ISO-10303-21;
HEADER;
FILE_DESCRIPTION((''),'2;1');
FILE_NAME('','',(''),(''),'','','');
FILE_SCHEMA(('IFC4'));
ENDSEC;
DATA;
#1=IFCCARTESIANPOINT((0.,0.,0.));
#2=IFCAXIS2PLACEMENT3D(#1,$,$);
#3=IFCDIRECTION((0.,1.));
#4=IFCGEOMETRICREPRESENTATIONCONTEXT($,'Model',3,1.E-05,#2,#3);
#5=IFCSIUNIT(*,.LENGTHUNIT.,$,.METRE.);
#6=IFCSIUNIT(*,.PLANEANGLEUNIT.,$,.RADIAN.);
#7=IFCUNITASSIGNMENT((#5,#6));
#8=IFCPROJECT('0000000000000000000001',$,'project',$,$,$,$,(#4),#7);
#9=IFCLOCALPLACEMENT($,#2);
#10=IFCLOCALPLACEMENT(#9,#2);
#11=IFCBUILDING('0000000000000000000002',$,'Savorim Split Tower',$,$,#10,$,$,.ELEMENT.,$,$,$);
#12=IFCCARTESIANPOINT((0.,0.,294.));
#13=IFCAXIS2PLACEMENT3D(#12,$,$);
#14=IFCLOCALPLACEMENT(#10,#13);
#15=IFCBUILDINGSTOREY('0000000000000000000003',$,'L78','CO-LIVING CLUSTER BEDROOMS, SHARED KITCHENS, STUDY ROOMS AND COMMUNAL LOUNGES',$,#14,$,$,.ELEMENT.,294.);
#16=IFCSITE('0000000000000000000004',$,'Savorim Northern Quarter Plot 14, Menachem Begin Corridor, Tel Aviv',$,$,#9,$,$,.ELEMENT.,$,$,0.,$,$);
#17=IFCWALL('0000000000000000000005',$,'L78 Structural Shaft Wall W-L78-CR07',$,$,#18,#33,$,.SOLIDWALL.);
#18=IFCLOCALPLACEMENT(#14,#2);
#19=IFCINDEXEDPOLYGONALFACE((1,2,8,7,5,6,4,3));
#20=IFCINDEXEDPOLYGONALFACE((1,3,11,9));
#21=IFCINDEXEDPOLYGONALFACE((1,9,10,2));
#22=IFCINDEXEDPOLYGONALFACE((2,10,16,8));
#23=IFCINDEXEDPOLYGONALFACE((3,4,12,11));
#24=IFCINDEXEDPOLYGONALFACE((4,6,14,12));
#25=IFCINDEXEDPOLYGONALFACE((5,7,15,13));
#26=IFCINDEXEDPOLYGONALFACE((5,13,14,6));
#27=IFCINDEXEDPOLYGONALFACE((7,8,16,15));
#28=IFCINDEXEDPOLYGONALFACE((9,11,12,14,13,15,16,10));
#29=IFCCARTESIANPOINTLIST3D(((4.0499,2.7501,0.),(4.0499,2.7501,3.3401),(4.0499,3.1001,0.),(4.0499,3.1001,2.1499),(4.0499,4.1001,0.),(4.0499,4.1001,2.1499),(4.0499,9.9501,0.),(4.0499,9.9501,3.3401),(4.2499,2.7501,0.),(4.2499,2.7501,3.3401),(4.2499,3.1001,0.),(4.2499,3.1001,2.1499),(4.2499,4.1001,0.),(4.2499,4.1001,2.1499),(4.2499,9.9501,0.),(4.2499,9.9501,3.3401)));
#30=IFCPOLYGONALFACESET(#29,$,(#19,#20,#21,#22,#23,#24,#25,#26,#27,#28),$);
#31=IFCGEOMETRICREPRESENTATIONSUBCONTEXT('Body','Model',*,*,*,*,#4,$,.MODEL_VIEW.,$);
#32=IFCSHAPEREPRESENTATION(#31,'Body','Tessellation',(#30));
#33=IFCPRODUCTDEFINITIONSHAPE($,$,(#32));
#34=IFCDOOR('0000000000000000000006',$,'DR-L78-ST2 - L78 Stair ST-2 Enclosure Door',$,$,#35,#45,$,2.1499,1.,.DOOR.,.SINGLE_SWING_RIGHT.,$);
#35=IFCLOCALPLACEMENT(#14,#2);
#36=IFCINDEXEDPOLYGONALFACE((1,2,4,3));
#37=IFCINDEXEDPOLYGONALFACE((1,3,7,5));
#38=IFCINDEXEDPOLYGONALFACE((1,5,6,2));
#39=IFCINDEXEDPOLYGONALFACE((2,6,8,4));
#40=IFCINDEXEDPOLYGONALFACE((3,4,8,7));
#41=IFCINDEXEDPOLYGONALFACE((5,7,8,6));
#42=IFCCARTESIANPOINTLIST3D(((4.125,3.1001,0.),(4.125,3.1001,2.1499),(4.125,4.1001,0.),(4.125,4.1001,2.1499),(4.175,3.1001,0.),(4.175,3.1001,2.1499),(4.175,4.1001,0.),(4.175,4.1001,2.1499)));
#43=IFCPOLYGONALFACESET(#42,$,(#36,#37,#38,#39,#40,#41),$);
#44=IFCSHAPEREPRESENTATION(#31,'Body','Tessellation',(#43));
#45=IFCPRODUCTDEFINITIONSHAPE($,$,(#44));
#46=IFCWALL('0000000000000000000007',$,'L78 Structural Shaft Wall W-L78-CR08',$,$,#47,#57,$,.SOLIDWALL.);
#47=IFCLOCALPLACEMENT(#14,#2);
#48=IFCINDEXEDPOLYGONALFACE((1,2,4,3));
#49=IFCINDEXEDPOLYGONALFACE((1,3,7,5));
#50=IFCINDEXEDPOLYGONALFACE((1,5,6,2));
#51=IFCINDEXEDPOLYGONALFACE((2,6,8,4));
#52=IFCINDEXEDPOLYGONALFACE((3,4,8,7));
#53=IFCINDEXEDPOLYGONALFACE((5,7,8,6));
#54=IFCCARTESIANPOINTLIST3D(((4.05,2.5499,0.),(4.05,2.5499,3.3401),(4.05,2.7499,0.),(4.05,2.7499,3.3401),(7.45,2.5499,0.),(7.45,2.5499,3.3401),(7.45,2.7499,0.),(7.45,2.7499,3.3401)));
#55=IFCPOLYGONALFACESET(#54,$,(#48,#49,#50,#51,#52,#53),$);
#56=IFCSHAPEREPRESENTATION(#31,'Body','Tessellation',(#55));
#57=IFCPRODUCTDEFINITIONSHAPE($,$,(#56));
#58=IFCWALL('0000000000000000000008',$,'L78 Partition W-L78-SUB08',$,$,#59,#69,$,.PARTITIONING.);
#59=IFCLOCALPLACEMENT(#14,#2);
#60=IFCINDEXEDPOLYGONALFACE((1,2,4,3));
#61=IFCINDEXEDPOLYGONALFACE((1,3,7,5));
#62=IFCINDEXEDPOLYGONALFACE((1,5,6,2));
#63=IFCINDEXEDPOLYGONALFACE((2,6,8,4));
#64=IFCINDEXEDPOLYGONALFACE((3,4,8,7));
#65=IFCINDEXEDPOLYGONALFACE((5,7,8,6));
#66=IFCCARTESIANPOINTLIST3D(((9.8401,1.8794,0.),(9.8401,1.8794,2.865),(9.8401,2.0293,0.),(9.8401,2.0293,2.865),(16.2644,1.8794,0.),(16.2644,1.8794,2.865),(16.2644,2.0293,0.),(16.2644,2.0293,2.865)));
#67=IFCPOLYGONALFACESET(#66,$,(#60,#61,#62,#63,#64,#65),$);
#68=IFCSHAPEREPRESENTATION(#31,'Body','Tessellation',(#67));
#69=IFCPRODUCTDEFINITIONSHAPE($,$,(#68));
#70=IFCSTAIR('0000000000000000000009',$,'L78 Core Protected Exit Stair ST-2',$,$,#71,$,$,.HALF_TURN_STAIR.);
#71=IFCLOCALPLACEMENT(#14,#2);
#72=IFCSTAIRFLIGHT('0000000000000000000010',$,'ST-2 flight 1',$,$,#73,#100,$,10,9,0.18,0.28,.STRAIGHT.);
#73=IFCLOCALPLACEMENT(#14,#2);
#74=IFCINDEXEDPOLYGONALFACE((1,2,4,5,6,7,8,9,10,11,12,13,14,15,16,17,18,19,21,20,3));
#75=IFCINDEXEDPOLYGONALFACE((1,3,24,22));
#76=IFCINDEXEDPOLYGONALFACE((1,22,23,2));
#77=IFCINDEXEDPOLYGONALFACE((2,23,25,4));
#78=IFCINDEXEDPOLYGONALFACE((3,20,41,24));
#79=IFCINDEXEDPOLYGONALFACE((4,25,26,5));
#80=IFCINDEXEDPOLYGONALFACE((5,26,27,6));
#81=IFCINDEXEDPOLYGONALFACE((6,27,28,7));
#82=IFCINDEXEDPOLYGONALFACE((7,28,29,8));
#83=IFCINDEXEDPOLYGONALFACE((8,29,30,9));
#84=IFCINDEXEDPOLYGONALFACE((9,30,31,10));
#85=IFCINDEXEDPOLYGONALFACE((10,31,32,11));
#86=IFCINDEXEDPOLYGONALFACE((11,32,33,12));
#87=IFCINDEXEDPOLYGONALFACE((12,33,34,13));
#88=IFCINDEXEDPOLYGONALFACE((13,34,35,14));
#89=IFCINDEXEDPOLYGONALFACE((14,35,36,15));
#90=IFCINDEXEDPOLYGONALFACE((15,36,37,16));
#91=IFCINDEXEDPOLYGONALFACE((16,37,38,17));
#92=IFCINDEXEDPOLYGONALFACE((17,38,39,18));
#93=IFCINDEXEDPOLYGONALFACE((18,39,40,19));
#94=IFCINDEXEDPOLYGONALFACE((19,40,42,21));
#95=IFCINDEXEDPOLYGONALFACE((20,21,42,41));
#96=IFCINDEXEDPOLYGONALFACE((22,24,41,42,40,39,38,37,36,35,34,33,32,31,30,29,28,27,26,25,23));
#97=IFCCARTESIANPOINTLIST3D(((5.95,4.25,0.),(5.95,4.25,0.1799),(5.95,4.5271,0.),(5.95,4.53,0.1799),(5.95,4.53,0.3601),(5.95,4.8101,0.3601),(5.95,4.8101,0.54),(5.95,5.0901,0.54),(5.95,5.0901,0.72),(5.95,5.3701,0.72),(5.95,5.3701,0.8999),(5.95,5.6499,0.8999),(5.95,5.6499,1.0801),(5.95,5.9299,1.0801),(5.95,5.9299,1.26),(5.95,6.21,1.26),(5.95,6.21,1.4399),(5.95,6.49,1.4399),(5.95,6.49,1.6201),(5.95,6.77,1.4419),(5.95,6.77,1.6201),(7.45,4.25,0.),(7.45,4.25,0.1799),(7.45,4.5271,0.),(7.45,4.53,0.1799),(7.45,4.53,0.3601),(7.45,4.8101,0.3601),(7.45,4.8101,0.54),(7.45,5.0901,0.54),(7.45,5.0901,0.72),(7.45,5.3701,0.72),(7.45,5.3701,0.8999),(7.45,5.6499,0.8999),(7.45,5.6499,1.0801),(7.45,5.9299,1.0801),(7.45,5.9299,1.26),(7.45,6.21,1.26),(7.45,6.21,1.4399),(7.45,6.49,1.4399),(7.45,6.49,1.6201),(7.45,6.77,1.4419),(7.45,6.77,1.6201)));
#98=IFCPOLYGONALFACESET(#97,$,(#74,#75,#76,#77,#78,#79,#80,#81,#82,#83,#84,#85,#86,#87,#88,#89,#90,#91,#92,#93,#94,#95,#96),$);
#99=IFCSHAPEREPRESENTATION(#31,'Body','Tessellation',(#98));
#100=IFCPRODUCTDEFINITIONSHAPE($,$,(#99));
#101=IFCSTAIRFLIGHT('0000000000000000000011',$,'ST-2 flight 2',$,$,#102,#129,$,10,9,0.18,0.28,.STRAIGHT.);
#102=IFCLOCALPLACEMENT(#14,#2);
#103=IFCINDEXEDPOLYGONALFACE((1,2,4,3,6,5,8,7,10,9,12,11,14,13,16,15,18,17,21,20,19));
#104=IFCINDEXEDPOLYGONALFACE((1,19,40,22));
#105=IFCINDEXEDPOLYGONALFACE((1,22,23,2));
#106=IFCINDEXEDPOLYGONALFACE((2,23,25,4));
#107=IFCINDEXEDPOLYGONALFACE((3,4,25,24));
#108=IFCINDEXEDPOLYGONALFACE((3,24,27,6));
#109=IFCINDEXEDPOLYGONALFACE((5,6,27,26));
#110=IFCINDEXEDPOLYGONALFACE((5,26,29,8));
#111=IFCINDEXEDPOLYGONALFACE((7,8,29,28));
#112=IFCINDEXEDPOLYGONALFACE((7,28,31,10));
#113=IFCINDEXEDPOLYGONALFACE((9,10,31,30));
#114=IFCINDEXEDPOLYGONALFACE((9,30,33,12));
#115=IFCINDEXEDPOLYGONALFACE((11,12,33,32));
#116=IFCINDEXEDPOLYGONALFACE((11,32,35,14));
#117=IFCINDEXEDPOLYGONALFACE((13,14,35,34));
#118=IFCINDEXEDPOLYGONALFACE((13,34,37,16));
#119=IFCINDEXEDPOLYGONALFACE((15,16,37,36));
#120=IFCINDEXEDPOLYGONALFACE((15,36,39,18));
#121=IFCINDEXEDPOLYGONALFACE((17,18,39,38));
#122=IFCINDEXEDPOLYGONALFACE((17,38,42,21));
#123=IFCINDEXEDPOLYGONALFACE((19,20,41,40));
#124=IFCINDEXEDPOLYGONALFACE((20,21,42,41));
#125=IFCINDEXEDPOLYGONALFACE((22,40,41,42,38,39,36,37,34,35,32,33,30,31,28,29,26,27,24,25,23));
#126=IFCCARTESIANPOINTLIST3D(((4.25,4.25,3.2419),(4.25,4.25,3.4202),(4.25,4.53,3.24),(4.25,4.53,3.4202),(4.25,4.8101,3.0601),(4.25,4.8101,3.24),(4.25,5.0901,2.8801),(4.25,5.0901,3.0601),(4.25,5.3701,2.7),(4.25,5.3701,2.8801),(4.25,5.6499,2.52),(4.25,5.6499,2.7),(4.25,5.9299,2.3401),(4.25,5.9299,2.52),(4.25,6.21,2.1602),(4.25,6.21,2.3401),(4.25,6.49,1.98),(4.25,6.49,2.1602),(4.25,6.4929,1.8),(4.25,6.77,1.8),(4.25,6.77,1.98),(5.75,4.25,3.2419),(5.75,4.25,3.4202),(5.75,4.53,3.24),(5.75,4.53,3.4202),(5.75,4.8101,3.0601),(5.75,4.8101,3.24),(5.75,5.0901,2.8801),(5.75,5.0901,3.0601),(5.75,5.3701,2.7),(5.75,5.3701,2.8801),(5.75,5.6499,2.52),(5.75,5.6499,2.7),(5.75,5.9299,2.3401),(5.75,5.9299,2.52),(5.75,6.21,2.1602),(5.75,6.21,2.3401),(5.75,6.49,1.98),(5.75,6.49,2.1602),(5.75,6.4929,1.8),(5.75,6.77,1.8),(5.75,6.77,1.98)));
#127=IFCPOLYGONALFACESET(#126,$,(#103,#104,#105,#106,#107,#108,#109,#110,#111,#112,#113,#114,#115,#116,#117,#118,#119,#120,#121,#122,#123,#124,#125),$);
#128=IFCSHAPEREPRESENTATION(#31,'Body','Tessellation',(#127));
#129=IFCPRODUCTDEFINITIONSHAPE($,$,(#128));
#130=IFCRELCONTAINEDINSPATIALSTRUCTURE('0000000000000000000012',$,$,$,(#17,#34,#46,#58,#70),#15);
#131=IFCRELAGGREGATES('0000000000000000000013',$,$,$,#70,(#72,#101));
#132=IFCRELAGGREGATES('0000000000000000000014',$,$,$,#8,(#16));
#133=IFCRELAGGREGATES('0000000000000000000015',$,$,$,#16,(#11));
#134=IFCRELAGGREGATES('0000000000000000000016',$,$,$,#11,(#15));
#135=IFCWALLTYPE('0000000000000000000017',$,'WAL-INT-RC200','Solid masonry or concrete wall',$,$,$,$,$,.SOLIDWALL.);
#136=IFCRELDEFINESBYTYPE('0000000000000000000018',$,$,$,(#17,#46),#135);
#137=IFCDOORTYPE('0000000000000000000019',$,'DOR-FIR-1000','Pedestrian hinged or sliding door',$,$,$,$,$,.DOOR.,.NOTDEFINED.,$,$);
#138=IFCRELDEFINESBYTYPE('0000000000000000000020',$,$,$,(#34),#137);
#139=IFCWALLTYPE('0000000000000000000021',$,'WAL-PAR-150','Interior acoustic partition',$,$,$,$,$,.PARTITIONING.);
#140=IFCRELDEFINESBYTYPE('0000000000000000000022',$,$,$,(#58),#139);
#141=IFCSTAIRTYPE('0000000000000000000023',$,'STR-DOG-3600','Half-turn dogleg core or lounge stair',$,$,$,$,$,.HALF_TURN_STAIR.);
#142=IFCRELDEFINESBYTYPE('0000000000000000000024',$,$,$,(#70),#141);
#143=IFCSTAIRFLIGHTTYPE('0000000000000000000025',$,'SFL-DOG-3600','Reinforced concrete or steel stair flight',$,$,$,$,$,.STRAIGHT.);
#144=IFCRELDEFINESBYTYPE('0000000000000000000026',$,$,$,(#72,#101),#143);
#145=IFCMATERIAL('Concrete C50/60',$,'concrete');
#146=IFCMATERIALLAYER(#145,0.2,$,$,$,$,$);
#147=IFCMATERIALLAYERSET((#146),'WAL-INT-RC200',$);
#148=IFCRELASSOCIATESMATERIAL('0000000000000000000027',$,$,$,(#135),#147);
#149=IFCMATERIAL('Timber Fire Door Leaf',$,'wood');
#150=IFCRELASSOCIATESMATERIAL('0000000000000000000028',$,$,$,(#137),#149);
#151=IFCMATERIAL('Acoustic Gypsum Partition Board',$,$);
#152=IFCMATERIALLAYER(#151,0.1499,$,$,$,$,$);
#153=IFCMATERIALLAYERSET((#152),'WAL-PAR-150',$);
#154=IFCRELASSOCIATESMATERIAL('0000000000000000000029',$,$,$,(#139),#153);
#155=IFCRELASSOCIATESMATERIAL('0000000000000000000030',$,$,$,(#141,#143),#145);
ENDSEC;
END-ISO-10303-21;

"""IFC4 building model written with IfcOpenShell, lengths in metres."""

from ifc_helpers import new_model, si_unit, direction, frame, frame_2d, origin, place, context, subcontext, project, spatial, polyline, rectangle, outline, extrude, material, layer, layer_set, type_object, element, fill, aggregate, save


model = new_model("IFC4")

# Units and contexts
model_context = context("Model", 3, precision=1e-05, world=origin(), true_north=direction((0.0, 1.0)))
body_context = subcontext(model_context, "Body", "Model", "MODEL_VIEW")
ifc_project = project(units=[si_unit("LENGTHUNIT", "METRE"), si_unit("PLANEANGLEUNIT", "RADIAN")], contexts=[model_context])

# Site, building, storey
site_placement = place(None, origin())
site = spatial("IfcSite", under=ifc_project, at=site_placement, Name="Savorim Northern Quarter Plot 14, Menachem Begin Corridor, Tel Aviv", CompositionType="ELEMENT", RefElevation=0.0)
building_placement = place(site_placement, origin())
building = spatial("IfcBuilding", under=site, at=building_placement, Name="Savorim Split Tower", CompositionType="ELEMENT")
storey_placement = place(building_placement, frame((0.0, 0.0, 294.0)))
storey = spatial("IfcBuildingStorey", under=building, at=storey_placement, Name="L78", Description="CO-LIVING CLUSTER BEDROOMS, SHARED KITCHENS, STUDY ROOMS AND COMMUNAL LOUNGES", CompositionType="ELEMENT", Elevation=294.0)

# Wall, opening, door
ifc_material_1 = material(Name="Concrete C50/60", Category="concrete")
ifc_layer_1 = layer(ifc_material_1, 0.2)
ifc_layer_set_1 = layer_set([ifc_layer_1], Name="WAL-INT-RC200")
wall_type_1 = type_object("IfcWallType", Name="WAL-INT-RC200", Description="Solid masonry or concrete wall", PredefinedType="SOLIDWALL", material=ifc_layer_set_1)
wall_1_placement = place(storey_placement, frame((4.1499, 2.75, 0.0), z_axis=(0.0, 0.0, 1.0), x_axis=(0.0, 1.0, 0.0)))
wall_1 = element("IfcWall", 1, at=wall_1_placement, inside=storey, type_object=wall_type_1, Name="L78 Structural Shaft Wall W-L78-CR07", PredefinedType="SOLIDWALL", context=body_context, shape_type="SweptSolid", body=[
    extrude(rectangle(XDim=7.2, YDim=0.2, at=frame_2d((3.6001, 0.0))), origin(), (0.0, 0.0, 1.0), 3.3401),
])
opening_1_placement = place(wall_1_placement, frame((0.3501, 0.0, 0.0)))
opening_1 = element("IfcOpeningElement", 2, at=opening_1_placement, cuts=wall_1, PredefinedType="OPENING", context=body_context, shape_type="SweptSolid", body=[
    extrude(rectangle(XDim=1.0, YDim=2.1499, at=frame_2d((0.5, 1.075))), frame((0.0, 0.1099, 0.0), z_axis=(0.0, -1.0, 0.0), x_axis=(1.0, 0.0, 0.0)), (0.0, 0.0, 1.0), 0.22),
])
ifc_material_2 = material(Name="Timber Fire Door Leaf", Category="wood")
door_type_1 = type_object("IfcDoorType", Name="DOR-FIR-1000", Description="Pedestrian hinged or sliding door", OperationType="NOTDEFINED", PredefinedType="DOOR", material=ifc_material_2)
door_1_placement = place(opening_1_placement, origin())
door_1 = element("IfcDoor", 3, at=door_1_placement, inside=storey, type_object=door_type_1, Name="DR-L78-ST2 - L78 Stair ST-2 Enclosure Door", OperationType="SINGLE_SWING_RIGHT", OverallHeight=2.1499, OverallWidth=1.0, PredefinedType="DOOR", context=body_context, shape_type="SweptSolid", body=[
    extrude(rectangle(XDim=1.0, YDim=2.1499, at=frame_2d((0.5, 1.075))), frame((0.0, 0.0249, 0.0), z_axis=(0.0, -1.0, 0.0), x_axis=(1.0, 0.0, 0.0)), (0.0, 0.0, 1.0), 0.05),
])
fill(opening_1, door_1)

# Wall
wall_2_placement = place(storey_placement, frame((4.05, 2.6499, 0.0), z_axis=(0.0, 0.0, 1.0), x_axis=(1.0, 0.0, 0.0)))
element("IfcWall", 4, at=wall_2_placement, inside=storey, type_object=wall_type_1, Name="L78 Structural Shaft Wall W-L78-CR08", PredefinedType="SOLIDWALL", context=body_context, shape_type="SweptSolid", body=[
    extrude(rectangle(XDim=3.3999, YDim=0.2, at=frame_2d((1.7, 0.0))), origin(), (0.0, 0.0, 1.0), 3.3401),
])

# Wall
ifc_material_3 = material(Name="Acoustic Gypsum Partition Board")
ifc_layer_2 = layer(ifc_material_3, 0.1499)
ifc_layer_set_2 = layer_set([ifc_layer_2], Name="WAL-PAR-150")
wall_type_2 = type_object("IfcWallType", Name="WAL-PAR-150", Description="Interior acoustic partition", PredefinedType="PARTITIONING", material=ifc_layer_set_2)
wall_3_placement = place(storey_placement, frame((9.8401, 1.9543, 0.0), z_axis=(0.0, 0.0, 1.0), x_axis=(1.0, 0.0, 0.0)))
element("IfcWall", 5, at=wall_3_placement, inside=storey, type_object=wall_type_2, Name="L78 Partition W-L78-SUB08", PredefinedType="PARTITIONING", context=body_context, shape_type="SweptSolid", body=[
    extrude(rectangle(XDim=6.4243, YDim=0.1499, at=frame_2d((3.2122, 0.0))), origin(), (0.0, 0.0, 1.0), 2.865),
])

# Stair, stair flights
stair_type = type_object("IfcStairType", Name="STR-DOG-3600", Description="Half-turn dogleg core or lounge stair", PredefinedType="HALF_TURN_STAIR", material=ifc_material_1)
stair_placement = place(storey_placement, origin())
stair = element("IfcStair", 6, at=stair_placement, inside=storey, type_object=stair_type, Name="L78 Core Protected Exit Stair ST-2", PredefinedType="HALF_TURN_STAIR")
stair_flight_type = type_object("IfcStairFlightType", Name="SFL-DOG-3600", Description="Reinforced concrete or steel stair flight", PredefinedType="STRAIGHT", material=ifc_material_1)
stair_flight_1_placement = place(storey_placement, frame((6.7, 4.25, 0.0), z_axis=(0.0, 0.0, 1.0), x_axis=(0.0, 1.0, 0.0)))
stair_flight_1 = element("IfcStairFlight", 7, at=stair_flight_1_placement, type_object=stair_flight_type, Name="ST-2 flight 1", NumberOfRisers=10, NumberOfTreads=9, PredefinedType="STRAIGHT", RiserHeight=0.18, TreadLength=0.28, context=body_context, shape_type="SweptSolid", body=[
    extrude(outline(polyline([(0.0, 0.0), (0.0, 0.1799), (0.28, 0.1799), (0.28, 0.3601), (0.5601, 0.3601), (0.5601, 0.54), (0.8401, 0.54), (0.8401, 0.72), (1.1201, 0.72), (1.1201, 0.8999), (1.3999, 0.8999), (1.3999, 1.0801), (1.6799, 1.0801), (1.6799, 1.26), (1.96, 1.26), (1.96, 1.4399), (2.24, 1.4399), (2.24, 1.6201), (2.52, 1.6201), (2.52, 1.8), (2.52, 1.4419), (0.2771, 0.0), (0.0, 0.0)])), frame((0.0, 0.75, 0.0), z_axis=(0.0, -1.0, 0.0), x_axis=(1.0, 0.0, 0.0)), (0.0, 0.0, 1.0), 1.5),
])
stair_flight_2_placement = place(storey_placement, frame((5.0, 6.77, 1.8), z_axis=(0.0, 0.0, 1.0), x_axis=(0.0, -1.0, 0.0)))
stair_flight_2 = element("IfcStairFlight", 8, at=stair_flight_2_placement, type_object=stair_flight_type, Name="ST-2 flight 2", NumberOfRisers=10, NumberOfTreads=9, PredefinedType="STRAIGHT", RiserHeight=0.18, TreadLength=0.28, context=body_context, shape_type="SweptSolid", body=[
    extrude(outline(polyline([(0.0, 0.0), (0.0, 0.1799), (0.28, 0.1799), (0.28, 0.3601), (0.5601, 0.3601), (0.5601, 0.54), (0.8401, 0.54), (0.8401, 0.72), (1.1201, 0.72), (1.1201, 0.8999), (1.3999, 0.8999), (1.3999, 1.0801), (1.6799, 1.0801), (1.6799, 1.26), (1.96, 1.26), (1.96, 1.4399), (2.24, 1.4399), (2.24, 1.6201), (2.52, 1.6201), (2.52, 1.8), (2.52, 1.4419), (0.2771, 0.0), (0.0, 0.0)])), frame((0.0, 0.75, 0.0), z_axis=(0.0, -1.0, 0.0), x_axis=(1.0, 0.0, 0.0)), (0.0, 0.0, 1.0), 1.5),
])
aggregate(stair, [stair_flight_1, stair_flight_2])

save(model, "model.ifc")
